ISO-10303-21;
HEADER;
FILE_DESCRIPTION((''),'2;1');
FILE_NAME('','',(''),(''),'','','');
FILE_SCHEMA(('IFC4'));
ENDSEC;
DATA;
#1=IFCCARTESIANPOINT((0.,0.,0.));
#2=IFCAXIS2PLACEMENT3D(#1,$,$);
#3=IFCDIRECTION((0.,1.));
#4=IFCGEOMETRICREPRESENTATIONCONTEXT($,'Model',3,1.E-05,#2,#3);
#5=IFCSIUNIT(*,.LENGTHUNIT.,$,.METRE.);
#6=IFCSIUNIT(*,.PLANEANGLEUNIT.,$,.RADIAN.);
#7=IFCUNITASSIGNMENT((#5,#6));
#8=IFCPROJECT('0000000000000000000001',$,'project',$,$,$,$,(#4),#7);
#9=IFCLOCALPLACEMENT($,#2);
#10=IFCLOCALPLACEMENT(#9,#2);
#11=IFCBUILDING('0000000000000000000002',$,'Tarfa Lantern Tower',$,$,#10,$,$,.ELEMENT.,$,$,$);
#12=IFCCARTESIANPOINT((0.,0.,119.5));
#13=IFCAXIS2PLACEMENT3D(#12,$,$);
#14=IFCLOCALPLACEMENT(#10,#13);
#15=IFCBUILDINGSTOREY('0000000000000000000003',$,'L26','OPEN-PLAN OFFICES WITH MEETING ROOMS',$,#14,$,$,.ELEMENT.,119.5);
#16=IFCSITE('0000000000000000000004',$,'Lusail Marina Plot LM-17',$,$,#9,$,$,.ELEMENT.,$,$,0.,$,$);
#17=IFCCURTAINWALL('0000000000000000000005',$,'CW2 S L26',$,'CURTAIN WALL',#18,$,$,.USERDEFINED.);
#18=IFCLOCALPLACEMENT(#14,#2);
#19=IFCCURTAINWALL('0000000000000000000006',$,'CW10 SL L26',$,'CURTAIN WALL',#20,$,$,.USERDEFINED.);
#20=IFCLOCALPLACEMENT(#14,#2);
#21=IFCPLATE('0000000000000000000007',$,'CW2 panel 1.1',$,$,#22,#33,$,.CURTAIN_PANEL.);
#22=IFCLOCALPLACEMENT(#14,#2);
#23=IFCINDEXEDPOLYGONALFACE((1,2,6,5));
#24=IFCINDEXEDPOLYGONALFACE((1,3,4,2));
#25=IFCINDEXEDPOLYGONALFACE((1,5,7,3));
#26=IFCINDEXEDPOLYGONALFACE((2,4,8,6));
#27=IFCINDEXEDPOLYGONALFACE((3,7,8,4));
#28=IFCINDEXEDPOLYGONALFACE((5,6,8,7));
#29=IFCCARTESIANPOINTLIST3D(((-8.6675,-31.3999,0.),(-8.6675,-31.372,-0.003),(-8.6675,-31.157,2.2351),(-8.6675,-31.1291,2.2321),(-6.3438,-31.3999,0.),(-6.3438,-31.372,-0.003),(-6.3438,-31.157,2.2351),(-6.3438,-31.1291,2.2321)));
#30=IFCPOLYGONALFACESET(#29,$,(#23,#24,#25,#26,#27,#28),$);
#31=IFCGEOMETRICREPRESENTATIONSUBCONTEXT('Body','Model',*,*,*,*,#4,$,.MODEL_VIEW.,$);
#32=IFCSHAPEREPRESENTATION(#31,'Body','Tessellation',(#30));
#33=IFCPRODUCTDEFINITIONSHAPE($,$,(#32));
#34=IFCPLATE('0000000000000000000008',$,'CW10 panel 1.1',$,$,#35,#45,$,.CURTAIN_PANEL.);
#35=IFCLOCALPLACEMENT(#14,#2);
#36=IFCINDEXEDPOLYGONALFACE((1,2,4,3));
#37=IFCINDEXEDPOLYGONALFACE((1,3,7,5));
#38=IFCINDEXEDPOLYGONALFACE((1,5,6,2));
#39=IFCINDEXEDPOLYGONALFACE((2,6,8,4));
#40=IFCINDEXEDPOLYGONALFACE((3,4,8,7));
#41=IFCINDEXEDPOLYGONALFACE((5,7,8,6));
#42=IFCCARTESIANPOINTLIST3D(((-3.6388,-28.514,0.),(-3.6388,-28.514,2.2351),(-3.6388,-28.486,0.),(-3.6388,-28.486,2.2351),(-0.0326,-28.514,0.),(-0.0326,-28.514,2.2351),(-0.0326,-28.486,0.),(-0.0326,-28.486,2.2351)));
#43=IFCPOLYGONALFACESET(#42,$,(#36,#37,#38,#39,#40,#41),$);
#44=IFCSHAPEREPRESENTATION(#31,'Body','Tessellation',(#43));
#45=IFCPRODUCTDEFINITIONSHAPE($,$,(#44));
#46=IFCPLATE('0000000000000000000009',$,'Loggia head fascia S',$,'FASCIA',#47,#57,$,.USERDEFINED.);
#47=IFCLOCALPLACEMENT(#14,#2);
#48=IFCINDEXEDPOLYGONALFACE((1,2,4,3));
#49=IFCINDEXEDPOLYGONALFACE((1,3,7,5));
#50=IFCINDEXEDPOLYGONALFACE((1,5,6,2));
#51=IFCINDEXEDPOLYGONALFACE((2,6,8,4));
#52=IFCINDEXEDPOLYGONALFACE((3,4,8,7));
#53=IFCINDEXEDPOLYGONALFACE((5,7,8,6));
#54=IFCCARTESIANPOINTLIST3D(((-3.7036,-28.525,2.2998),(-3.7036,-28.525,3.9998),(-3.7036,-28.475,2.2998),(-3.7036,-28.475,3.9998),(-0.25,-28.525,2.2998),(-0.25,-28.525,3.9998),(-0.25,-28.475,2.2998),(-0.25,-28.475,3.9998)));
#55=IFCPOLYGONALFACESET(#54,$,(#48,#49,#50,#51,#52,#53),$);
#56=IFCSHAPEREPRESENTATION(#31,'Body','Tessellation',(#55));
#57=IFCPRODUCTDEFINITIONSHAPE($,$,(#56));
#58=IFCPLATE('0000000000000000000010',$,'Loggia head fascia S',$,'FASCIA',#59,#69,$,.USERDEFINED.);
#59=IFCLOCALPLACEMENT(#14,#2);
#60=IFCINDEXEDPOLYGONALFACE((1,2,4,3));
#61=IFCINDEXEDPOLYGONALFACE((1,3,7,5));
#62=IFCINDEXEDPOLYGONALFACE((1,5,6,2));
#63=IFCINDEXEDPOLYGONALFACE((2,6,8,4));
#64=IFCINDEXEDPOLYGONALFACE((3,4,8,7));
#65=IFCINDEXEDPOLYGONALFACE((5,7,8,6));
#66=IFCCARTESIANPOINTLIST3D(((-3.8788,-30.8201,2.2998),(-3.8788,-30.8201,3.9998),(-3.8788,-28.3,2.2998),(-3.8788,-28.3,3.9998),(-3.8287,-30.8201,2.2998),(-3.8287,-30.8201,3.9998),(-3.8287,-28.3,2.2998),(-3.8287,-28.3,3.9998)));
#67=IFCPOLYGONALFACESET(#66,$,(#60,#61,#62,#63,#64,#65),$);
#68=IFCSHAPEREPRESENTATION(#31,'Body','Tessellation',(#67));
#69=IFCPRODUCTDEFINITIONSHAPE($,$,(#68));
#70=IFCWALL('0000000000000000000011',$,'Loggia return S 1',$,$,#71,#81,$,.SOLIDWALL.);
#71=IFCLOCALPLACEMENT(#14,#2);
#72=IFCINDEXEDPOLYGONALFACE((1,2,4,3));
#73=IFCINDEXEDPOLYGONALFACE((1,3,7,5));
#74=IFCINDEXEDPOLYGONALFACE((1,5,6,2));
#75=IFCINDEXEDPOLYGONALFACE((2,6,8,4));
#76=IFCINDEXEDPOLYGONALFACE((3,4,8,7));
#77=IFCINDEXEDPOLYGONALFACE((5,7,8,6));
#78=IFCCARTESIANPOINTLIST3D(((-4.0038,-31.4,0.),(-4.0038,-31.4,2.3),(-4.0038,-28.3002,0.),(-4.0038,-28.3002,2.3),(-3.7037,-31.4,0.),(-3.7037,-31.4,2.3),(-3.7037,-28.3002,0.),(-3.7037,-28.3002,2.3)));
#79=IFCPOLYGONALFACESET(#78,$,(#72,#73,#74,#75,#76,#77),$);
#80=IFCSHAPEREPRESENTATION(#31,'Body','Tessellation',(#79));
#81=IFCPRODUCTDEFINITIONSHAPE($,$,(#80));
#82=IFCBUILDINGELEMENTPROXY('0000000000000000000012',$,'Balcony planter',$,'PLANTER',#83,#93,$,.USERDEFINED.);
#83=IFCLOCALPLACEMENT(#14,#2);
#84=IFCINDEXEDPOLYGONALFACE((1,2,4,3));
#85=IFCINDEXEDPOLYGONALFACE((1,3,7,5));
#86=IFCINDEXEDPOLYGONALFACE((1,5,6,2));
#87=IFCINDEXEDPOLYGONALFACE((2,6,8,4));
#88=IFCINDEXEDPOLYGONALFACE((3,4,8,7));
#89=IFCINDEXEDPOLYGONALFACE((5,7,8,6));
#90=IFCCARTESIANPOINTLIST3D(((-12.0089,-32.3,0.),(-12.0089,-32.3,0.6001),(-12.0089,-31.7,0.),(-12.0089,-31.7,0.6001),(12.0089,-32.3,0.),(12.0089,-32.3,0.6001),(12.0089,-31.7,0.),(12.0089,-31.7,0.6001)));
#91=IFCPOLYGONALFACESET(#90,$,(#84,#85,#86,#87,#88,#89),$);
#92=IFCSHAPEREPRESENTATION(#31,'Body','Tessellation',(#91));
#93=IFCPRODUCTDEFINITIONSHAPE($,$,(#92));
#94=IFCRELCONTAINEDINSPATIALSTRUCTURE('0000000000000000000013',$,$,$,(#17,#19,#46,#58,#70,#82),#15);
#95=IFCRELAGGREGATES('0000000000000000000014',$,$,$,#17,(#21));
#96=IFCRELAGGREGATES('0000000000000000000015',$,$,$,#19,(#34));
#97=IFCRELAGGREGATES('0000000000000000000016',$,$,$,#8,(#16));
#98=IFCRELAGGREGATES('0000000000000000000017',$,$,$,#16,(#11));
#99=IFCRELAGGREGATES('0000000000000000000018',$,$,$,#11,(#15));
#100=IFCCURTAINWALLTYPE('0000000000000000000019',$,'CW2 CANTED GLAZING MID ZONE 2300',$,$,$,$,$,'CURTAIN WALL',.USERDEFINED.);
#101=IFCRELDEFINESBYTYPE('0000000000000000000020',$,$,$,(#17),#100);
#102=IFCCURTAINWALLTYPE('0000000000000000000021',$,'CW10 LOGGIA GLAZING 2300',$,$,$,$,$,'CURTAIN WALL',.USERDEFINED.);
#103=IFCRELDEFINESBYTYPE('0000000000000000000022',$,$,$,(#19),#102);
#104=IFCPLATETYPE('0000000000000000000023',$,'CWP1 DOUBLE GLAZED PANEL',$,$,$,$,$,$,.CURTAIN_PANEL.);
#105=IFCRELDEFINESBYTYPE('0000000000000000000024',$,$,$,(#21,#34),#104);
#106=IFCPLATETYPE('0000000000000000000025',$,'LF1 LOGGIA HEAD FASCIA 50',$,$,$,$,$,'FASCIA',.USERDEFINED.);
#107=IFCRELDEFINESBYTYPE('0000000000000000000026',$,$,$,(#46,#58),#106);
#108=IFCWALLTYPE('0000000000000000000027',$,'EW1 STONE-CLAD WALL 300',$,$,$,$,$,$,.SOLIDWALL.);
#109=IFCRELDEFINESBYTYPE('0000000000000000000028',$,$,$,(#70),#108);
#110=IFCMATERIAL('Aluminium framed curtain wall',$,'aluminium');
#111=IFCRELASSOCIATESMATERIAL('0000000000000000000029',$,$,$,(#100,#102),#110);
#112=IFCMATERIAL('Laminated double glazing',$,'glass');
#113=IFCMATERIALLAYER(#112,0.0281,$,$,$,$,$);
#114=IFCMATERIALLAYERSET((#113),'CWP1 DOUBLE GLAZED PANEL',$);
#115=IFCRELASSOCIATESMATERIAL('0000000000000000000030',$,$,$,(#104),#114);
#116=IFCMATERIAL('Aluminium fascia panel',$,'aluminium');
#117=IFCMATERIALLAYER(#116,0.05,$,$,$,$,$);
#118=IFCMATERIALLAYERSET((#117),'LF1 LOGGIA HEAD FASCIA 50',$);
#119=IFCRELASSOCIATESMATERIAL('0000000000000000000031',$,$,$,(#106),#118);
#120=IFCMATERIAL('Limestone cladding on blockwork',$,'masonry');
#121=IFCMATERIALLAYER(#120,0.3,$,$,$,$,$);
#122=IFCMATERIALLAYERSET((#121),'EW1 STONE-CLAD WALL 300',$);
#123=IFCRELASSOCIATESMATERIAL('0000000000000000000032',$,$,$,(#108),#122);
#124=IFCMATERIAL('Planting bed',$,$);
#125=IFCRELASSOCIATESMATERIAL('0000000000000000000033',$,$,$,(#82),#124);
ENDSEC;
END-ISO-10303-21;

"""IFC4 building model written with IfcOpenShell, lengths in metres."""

from ifc_helpers import new_model, si_unit, direction, frame, frame_2d, origin, origin_2d, place, context, subcontext, project, spatial, polyline, rectangle, outline, extrude, material, layer, layer_set, type_object, element, aggregate, save


model = new_model("IFC4")

# Units and contexts
model_context = context("Model", 3, precision=1e-05, world=origin(), true_north=direction((0.0, 1.0)))
body_context = subcontext(model_context, "Body", "Model", "MODEL_VIEW")
ifc_project = project(units=[si_unit("LENGTHUNIT", "METRE"), si_unit("PLANEANGLEUNIT", "RADIAN")], contexts=[model_context])

# Site, building, storey
site_placement = place(None, origin())
site = spatial("IfcSite", under=ifc_project, at=site_placement, Name="Lusail Marina Plot LM-17", CompositionType="ELEMENT", RefElevation=0.0)
building_placement = place(site_placement, origin())
building = spatial("IfcBuilding", under=site, at=building_placement, Name="Tarfa Lantern Tower", CompositionType="ELEMENT")
storey_placement = place(building_placement, frame((0.0, 0.0, 119.5)))
storey = spatial("IfcBuildingStorey", under=building, at=storey_placement, Name="L26", Description="OPEN-PLAN OFFICES WITH MEETING ROOMS", CompositionType="ELEMENT", Elevation=119.5)

# Shared definitions
ifc_material_1 = material(Name="Aluminium framed curtain wall", Category="aluminium")
curtain_wall_type_1 = type_object("IfcCurtainWallType", Name="CW2 CANTED GLAZING MID ZONE 2300", ElementType="CURTAIN WALL", PredefinedType="USERDEFINED", material=ifc_material_1)

# Curtain wall
curtain_wall_1_placement = place(storey_placement, origin())
curtain_wall_1 = element("IfcCurtainWall", 1, at=curtain_wall_1_placement, inside=storey, type_object=curtain_wall_type_1, Name="CW2 S L26", ObjectType="CURTAIN WALL", PredefinedType="USERDEFINED")

# Curtain wall
curtain_wall_type_2 = type_object("IfcCurtainWallType", Name="CW10 LOGGIA GLAZING 2300", ElementType="CURTAIN WALL", PredefinedType="USERDEFINED", material=ifc_material_1)
curtain_wall_2_placement = place(storey_placement, origin())
curtain_wall_2 = element("IfcCurtainWall", 2, at=curtain_wall_2_placement, inside=storey, type_object=curtain_wall_type_2, Name="CW10 SL L26", ObjectType="CURTAIN WALL", PredefinedType="USERDEFINED")

# Plates
ifc_material_2 = material(Name="Laminated double glazing", Category="glass")
ifc_layer_1 = layer(ifc_material_2, 0.0281)
ifc_layer_set_1 = layer_set([ifc_layer_1], Name="CWP1 DOUBLE GLAZED PANEL")
plate_type_1 = type_object("IfcPlateType", Name="CWP1 DOUBLE GLAZED PANEL", PredefinedType="CURTAIN_PANEL", material=ifc_layer_set_1)
plate_1_placement = place(storey_placement, frame((-8.6675, -31.3999, 0.0), z_axis=(0.0, -0.994146, 0.108048), x_axis=(1.0, 0.0, 0.0)))
plate_1 = element("IfcPlate", 3, at=plate_1_placement, type_object=plate_type_1, Name="CW2 panel 1.1", PredefinedType="CURTAIN_PANEL", context=body_context, shape_type="SweptSolid", body=[
    extrude(outline(polyline([(0.0, 0.0), (2.3237, 0.0), (2.3237, 2.2483), (0.0, 2.2483), (0.0, 0.0)])), origin(), (0.0, 0.0, -1.0), 0.0281),
])
aggregate(curtain_wall_1, [plate_1])
plate_2_placement = place(storey_placement, frame((-1.8357, -28.5, 0.0), z_axis=(0.0, 0.0, 1.0), x_axis=(1.0, 0.0, 0.0)))
plate_2 = element("IfcPlate", 4, at=plate_2_placement, type_object=plate_type_1, Name="CW10 panel 1.1", PredefinedType="CURTAIN_PANEL", context=body_context, shape_type="SweptSolid", body=[
    extrude(rectangle(XDim=3.6062, YDim=0.0281, at=origin_2d()), origin(), (0.0, 0.0, 1.0), 2.2351),
])
aggregate(curtain_wall_2, [plate_2])

# Plates
ifc_material_3 = material(Name="Aluminium fascia panel", Category="aluminium")
ifc_layer_2 = layer(ifc_material_3, 0.05)
ifc_layer_set_2 = layer_set([ifc_layer_2], Name="LF1 LOGGIA HEAD FASCIA 50")
plate_type_2 = type_object("IfcPlateType", Name="LF1 LOGGIA HEAD FASCIA 50", ElementType="FASCIA", PredefinedType="USERDEFINED", material=ifc_layer_set_2)
plate_3_placement = place(storey_placement, frame((-1.9768, -28.5, 2.2998), z_axis=(0.0, 0.0, 1.0), x_axis=(1.0, 0.0, 0.0)))
element("IfcPlate", 5, at=plate_3_placement, inside=storey, type_object=plate_type_2, Name="Loggia head fascia S", ObjectType="FASCIA", PredefinedType="USERDEFINED", context=body_context, shape_type="SweptSolid", body=[
    extrude(rectangle(XDim=3.4536, YDim=0.05, at=origin_2d()), origin(), (0.0, 0.0, 1.0), 1.7),
])
plate_4_placement = place(storey_placement, frame((-3.8538, -29.5601, 2.2998), z_axis=(0.0, 0.0, 1.0), x_axis=(0.0, 1.0, 0.0)))
element("IfcPlate", 6, at=plate_4_placement, inside=storey, type_object=plate_type_2, Name="Loggia head fascia S", ObjectType="FASCIA", PredefinedType="USERDEFINED", context=body_context, shape_type="SweptSolid", body=[
    extrude(rectangle(XDim=2.52, YDim=0.05, at=origin_2d()), origin(), (0.0, 0.0, 1.0), 1.7),
])

# Wall
ifc_material_4 = material(Name="Limestone cladding on blockwork", Category="masonry")
ifc_layer_3 = layer(ifc_material_4, 0.3)
ifc_layer_set_3 = layer_set([ifc_layer_3], Name="EW1 STONE-CLAD WALL 300")
wall_type = type_object("IfcWallType", Name="EW1 STONE-CLAD WALL 300", PredefinedType="SOLIDWALL", material=ifc_layer_set_3)
wall_placement = place(storey_placement, frame((-3.8538, -31.3999, 0.0), z_axis=(0.0, 0.0, 1.0), x_axis=(0.0, 1.0, 0.0)))
element("IfcWall", 7, at=wall_placement, inside=storey, type_object=wall_type, Name="Loggia return S 1", PredefinedType="SOLIDWALL", context=body_context, shape_type="SweptSolid", body=[
    extrude(rectangle(XDim=3.0999, YDim=0.3, at=frame_2d((1.5498, 0.0))), origin(), (0.0, 0.0, 1.0), 2.3),
])

# Building element proxy
ifc_material_5 = material(Name="Planting bed")
proxy_placement = place(storey_placement, frame((0.0, -32.0, 0.0), z_axis=(0.0, 0.0, 1.0), x_axis=(1.0, 0.0, 0.0)))
element("IfcBuildingElementProxy", 8, at=proxy_placement, inside=storey, material=ifc_material_5, Name="Balcony planter", ObjectType="PLANTER", PredefinedType="USERDEFINED", context=body_context, shape_type="SweptSolid", body=[
    extrude(rectangle(XDim=24.0178, YDim=0.6001, at=origin_2d()), origin(), (0.0, 0.0, 1.0), 0.6001),
])

save(model, "model.ifc")
